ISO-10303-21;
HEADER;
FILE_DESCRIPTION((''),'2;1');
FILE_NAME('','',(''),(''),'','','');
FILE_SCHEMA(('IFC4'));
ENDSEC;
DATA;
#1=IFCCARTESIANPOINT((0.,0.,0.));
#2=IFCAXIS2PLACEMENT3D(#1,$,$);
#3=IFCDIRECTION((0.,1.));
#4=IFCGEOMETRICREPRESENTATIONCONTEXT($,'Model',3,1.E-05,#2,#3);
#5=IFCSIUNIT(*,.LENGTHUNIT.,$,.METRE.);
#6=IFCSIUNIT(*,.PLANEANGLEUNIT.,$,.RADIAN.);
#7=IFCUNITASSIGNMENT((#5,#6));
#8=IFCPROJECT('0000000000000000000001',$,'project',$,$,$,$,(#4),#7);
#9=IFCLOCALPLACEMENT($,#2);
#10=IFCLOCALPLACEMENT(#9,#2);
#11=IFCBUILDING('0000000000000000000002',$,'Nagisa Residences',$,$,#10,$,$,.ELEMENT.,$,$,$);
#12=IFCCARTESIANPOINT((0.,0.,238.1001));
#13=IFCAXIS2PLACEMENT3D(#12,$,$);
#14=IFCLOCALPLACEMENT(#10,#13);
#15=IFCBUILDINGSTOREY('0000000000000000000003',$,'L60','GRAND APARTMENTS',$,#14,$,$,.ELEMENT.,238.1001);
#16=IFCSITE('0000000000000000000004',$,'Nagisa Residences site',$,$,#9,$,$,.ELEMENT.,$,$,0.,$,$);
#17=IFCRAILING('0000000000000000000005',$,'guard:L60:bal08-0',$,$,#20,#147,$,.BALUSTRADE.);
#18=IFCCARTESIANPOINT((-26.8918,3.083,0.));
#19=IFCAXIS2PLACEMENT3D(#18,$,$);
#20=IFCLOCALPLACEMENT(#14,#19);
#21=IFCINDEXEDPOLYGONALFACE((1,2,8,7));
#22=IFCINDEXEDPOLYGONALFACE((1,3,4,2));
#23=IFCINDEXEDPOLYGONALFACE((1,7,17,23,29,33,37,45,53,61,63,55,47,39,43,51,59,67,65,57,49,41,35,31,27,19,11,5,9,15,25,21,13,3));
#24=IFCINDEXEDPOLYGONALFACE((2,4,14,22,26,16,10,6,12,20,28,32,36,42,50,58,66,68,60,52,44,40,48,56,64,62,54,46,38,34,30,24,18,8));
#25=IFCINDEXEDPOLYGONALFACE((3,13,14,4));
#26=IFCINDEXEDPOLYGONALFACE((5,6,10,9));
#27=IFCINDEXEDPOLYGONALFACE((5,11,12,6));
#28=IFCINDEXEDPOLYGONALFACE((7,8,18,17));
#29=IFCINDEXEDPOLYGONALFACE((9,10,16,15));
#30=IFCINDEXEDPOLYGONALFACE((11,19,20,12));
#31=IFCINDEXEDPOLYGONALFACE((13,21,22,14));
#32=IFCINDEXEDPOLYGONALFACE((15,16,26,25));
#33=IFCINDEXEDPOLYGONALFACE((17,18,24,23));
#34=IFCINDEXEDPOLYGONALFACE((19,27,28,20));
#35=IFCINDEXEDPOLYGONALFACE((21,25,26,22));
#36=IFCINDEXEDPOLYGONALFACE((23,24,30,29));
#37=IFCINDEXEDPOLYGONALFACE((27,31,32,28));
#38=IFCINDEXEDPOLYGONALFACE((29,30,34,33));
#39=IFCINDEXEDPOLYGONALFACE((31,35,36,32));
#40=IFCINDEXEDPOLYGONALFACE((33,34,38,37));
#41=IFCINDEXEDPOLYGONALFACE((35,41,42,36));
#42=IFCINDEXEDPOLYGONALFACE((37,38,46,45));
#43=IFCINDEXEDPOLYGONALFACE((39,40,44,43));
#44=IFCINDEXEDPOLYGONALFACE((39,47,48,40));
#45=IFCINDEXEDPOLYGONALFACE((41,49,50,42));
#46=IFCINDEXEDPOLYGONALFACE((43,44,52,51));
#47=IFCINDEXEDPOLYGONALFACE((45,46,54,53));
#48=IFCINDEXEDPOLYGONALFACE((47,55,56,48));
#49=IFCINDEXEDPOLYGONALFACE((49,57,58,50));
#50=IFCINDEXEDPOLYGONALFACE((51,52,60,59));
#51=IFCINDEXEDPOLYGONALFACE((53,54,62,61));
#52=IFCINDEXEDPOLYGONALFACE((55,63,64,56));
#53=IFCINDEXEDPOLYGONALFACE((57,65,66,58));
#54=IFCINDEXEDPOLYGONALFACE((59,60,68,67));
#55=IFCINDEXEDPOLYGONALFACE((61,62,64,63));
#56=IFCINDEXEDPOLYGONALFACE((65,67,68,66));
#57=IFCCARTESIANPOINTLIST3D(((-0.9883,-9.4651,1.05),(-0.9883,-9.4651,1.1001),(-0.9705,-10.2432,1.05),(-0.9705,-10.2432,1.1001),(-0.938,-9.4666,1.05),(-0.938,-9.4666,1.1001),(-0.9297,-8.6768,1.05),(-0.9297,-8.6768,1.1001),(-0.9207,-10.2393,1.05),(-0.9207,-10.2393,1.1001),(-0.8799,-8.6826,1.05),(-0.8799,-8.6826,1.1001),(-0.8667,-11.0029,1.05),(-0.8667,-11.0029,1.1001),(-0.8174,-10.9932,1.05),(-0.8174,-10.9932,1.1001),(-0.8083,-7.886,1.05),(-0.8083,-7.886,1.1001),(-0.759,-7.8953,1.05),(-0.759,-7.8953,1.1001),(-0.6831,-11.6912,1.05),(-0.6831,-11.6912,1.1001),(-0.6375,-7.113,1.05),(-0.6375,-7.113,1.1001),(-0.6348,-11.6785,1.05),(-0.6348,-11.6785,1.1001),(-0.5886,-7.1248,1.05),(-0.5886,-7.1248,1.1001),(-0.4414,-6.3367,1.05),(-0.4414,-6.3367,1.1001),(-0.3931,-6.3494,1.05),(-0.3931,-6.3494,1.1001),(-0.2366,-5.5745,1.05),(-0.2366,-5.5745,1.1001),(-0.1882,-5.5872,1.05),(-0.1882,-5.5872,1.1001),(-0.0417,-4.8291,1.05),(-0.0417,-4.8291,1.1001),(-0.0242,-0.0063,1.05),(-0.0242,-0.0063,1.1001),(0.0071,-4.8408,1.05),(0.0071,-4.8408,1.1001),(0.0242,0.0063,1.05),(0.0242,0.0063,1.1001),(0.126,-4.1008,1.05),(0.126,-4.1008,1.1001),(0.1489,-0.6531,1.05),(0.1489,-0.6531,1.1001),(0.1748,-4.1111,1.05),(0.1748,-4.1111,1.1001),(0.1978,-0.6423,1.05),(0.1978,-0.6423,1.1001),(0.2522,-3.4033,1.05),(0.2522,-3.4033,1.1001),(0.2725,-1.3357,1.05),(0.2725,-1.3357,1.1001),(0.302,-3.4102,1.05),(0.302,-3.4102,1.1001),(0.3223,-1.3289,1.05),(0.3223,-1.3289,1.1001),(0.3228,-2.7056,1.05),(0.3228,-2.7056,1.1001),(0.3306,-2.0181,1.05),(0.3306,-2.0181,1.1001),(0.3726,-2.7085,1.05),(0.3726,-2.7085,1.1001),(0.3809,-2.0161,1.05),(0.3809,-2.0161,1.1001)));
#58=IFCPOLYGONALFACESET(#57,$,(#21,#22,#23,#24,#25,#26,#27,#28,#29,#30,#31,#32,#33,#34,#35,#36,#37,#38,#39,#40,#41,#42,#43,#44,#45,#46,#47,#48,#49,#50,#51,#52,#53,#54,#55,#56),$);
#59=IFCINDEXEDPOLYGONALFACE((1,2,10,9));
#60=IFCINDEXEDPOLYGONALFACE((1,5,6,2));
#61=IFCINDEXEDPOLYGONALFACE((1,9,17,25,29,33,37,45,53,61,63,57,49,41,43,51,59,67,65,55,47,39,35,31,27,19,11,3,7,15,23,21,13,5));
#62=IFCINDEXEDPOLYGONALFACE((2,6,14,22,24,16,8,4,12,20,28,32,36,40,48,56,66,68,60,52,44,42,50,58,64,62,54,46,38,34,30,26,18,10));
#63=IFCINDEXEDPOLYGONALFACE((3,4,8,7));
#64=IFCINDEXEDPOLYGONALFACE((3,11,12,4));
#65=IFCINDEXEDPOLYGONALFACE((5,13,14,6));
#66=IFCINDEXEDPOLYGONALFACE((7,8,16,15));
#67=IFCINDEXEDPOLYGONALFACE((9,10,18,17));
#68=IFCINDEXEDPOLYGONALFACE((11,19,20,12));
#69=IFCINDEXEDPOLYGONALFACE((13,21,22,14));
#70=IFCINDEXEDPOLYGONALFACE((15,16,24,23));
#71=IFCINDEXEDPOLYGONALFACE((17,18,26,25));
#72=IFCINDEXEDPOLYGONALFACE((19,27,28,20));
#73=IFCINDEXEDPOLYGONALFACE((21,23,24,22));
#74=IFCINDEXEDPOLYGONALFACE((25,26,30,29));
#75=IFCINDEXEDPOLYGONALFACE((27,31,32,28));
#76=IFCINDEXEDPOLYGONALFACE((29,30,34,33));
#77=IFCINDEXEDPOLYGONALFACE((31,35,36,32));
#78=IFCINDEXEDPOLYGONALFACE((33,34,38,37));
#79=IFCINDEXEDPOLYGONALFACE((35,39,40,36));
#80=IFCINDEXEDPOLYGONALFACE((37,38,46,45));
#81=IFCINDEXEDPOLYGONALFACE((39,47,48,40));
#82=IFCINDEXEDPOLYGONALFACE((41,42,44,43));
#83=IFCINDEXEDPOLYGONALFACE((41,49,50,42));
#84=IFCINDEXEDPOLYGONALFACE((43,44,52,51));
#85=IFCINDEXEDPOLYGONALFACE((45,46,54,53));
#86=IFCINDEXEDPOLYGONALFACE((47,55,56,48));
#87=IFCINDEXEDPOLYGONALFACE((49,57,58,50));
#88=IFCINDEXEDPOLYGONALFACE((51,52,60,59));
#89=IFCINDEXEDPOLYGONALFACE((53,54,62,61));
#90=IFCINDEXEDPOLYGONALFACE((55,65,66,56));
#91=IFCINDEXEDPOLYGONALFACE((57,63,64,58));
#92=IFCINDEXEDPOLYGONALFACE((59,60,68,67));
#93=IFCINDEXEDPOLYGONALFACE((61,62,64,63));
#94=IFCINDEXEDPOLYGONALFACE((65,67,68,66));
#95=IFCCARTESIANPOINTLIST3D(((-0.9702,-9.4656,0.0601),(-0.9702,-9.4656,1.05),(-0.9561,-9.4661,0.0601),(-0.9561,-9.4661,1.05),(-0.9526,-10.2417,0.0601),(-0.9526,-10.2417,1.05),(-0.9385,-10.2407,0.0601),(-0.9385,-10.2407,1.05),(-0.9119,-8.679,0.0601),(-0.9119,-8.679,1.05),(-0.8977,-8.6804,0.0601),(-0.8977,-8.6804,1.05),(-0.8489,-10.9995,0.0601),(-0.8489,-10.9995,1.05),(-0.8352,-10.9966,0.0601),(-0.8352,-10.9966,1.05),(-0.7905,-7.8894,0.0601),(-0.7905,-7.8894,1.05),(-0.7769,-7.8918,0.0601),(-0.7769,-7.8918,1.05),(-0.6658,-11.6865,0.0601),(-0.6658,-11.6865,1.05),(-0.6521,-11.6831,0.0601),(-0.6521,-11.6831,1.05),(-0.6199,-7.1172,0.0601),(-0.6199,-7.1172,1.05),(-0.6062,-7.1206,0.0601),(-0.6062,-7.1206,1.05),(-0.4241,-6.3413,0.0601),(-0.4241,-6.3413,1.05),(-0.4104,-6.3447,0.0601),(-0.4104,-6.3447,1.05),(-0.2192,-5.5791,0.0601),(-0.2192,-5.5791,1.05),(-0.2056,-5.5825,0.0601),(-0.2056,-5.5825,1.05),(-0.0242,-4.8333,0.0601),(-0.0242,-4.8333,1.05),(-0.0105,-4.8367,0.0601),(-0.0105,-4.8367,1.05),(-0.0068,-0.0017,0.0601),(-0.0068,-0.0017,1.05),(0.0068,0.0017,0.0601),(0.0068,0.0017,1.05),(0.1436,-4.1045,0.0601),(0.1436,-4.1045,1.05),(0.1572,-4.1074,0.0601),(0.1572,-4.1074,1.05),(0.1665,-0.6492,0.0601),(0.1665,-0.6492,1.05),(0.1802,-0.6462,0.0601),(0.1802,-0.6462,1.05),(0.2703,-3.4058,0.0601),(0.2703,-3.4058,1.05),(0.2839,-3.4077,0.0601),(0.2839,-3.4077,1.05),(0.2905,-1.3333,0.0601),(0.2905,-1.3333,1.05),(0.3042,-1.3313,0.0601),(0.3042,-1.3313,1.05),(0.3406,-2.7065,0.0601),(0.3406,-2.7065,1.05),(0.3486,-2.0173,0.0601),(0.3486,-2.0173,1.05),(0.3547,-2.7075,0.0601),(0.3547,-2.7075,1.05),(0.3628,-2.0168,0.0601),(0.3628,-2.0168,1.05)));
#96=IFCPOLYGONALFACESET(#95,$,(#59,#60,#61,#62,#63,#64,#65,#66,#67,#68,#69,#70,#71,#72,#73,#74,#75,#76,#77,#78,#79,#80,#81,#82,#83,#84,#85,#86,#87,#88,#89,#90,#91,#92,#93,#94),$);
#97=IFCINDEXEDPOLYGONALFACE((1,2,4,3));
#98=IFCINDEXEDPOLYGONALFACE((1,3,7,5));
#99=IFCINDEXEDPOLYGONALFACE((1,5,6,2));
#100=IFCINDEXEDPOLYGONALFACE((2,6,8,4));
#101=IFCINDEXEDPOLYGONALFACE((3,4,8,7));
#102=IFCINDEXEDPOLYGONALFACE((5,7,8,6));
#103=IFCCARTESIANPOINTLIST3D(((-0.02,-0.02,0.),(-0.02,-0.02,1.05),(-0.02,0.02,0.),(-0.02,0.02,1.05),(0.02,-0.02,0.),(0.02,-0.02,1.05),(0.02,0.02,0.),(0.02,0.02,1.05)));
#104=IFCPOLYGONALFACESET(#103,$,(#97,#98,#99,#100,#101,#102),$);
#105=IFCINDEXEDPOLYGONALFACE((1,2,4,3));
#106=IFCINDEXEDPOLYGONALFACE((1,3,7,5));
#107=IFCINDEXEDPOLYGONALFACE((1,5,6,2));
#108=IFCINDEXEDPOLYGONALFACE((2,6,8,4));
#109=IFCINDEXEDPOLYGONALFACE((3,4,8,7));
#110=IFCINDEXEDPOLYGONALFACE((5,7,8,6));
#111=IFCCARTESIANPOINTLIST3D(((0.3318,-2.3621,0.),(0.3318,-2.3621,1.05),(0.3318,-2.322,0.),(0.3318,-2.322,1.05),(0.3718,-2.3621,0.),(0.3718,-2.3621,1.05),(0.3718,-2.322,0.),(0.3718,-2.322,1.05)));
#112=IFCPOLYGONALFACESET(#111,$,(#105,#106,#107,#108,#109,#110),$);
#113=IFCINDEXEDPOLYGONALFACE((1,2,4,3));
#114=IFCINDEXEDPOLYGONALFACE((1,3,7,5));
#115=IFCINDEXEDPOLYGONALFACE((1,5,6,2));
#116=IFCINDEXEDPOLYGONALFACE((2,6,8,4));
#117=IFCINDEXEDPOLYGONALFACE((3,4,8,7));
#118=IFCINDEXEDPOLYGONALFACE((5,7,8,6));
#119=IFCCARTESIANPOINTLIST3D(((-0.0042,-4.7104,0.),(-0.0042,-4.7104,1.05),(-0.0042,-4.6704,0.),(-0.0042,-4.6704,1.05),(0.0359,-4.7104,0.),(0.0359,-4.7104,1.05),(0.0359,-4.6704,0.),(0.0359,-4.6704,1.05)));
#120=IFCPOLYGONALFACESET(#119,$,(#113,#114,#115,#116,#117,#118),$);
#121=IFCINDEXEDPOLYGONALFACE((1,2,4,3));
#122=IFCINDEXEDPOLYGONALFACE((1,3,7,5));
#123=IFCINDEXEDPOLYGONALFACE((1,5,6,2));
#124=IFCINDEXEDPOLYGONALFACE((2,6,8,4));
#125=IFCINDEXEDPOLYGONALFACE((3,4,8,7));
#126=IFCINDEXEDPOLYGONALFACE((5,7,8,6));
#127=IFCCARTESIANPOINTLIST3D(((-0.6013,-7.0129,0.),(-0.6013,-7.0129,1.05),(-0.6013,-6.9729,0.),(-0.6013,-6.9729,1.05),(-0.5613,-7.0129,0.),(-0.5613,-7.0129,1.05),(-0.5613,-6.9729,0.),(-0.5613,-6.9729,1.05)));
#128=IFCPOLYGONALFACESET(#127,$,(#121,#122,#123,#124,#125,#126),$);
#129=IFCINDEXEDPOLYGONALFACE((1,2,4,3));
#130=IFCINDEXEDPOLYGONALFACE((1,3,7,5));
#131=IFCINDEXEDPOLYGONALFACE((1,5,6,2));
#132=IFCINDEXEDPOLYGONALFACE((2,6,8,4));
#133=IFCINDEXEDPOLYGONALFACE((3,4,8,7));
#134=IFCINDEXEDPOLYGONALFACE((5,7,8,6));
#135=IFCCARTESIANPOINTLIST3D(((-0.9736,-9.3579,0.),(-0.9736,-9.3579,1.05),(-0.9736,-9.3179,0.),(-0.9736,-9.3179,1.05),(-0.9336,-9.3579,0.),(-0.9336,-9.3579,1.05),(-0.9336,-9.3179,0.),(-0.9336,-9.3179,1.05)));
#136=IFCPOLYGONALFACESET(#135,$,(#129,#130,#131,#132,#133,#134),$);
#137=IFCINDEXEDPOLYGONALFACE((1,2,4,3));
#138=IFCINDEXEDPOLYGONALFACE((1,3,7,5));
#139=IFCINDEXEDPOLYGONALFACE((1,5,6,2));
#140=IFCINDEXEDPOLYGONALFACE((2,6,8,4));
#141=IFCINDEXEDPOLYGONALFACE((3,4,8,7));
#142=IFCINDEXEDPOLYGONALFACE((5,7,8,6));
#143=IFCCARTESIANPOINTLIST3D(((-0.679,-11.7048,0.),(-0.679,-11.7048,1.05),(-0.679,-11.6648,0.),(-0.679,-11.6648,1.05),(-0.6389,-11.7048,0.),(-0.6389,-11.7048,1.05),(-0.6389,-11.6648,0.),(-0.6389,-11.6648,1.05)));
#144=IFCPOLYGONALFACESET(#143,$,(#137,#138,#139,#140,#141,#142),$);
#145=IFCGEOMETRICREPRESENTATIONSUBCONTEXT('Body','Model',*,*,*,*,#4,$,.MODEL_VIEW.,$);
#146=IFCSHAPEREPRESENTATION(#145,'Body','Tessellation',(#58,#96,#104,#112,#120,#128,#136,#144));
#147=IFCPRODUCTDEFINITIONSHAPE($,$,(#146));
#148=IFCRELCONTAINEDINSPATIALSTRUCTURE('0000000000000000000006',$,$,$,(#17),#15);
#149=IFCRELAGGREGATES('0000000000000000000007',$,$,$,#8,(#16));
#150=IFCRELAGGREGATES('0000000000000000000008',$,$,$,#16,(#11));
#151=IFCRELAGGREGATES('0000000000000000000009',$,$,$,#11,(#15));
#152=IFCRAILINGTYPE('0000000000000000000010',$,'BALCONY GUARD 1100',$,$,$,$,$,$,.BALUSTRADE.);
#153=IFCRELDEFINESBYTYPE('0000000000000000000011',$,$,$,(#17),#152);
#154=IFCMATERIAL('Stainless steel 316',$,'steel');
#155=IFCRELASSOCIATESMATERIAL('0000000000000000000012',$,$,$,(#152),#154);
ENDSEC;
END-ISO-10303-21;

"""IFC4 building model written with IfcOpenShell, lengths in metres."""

from ifc_helpers import new_model, si_unit, direction, frame, origin, origin_2d, place, context, subcontext, project, spatial, polyline, rectangle, outline, extrude, material, type_object, element, save


model = new_model("IFC4")

# Units and contexts
model_context = context("Model", 3, precision=1e-05, world=origin(), true_north=direction((0.0, 1.0)))
body_context = subcontext(model_context, "Body", "Model", "MODEL_VIEW")
ifc_project = project(units=[si_unit("LENGTHUNIT", "METRE"), si_unit("PLANEANGLEUNIT", "RADIAN")], contexts=[model_context])

# Site, building, storey
site_placement = place(None, origin())
site = spatial("IfcSite", under=ifc_project, at=site_placement, Name="Nagisa Residences site", CompositionType="ELEMENT", RefElevation=0.0)
building_placement = place(site_placement, origin())
building = spatial("IfcBuilding", under=site, at=building_placement, Name="Nagisa Residences", CompositionType="ELEMENT")
storey_placement = place(building_placement, frame((0.0, 0.0, 238.1001)))
storey = spatial("IfcBuildingStorey", under=building, at=storey_placement, Name="L60", Description="GRAND APARTMENTS", CompositionType="ELEMENT", Elevation=238.1001)

# Railing
ifc_material_1 = material(Name="Stainless steel 316", Category="steel")
railing_type = type_object("IfcRailingType", Name="BALCONY GUARD 1100", PredefinedType="BALUSTRADE", material=ifc_material_1)
railing_1_placement = place(storey_placement, frame((-26.8918, 3.083, 0.0)))
element("IfcRailing", 1, at=railing_1_placement, inside=storey, type_object=railing_type, Name="guard:L60:bal08-0", PredefinedType="BALUSTRADE", context=body_context, shape_type="SweptSolid", body=[
    extrude(outline(polyline([(0.1978, -0.6423), (0.0242, 0.0063), (-0.0242, -0.0063), (0.1489, -0.6531), (0.2725, -1.3357), (0.3306, -2.0181), (0.3228, -2.7056), (0.2522, -3.4033), (0.126, -4.1008), (-0.0417, -4.8291), (-0.2366, -5.5745), (-0.4414, -6.3367), (-0.6375, -7.113), (-0.8083, -7.886), (-0.9297, -8.6768), (-0.9883, -9.4651), (-0.9705, -10.2432), (-0.8667, -11.0029), (-0.6831, -11.6912), (-0.6348, -11.6785), (-0.8174, -10.9932), (-0.9207, -10.2393), (-0.938, -9.4666), (-0.8799, -8.6826), (-0.759, -7.8953), (-0.5886, -7.1248), (-0.3931, -6.3494), (-0.1882, -5.5872), (0.0071, -4.8408), (0.1748, -4.1111), (0.302, -3.4102), (0.3726, -2.7085), (0.3809, -2.0161), (0.3223, -1.3289), (0.1978, -0.6423)])), frame((0.0, 0.0, 1.05)), (0.0, 0.0, 1.0), 0.05),
    extrude(outline(polyline([(0.1802, -0.6462), (0.0068, 0.0017), (-0.0068, -0.0017), (0.1665, -0.6492), (0.2905, -1.3333), (0.3486, -2.0173), (0.3406, -2.7065), (0.2703, -3.4058), (0.1436, -4.1045), (-0.0242, -4.8333), (-0.2192, -5.5791), (-0.4241, -6.3413), (-0.6199, -7.1172), (-0.7905, -7.8894), (-0.9119, -8.679), (-0.9702, -9.4656), (-0.9526, -10.2417), (-0.8489, -10.9995), (-0.6658, -11.6865), (-0.6521, -11.6831), (-0.8352, -10.9966), (-0.9385, -10.2407), (-0.9561, -9.4661), (-0.8977, -8.6804), (-0.7769, -7.8918), (-0.6062, -7.1206), (-0.4104, -6.3447), (-0.2056, -5.5825), (-0.0105, -4.8367), (0.1572, -4.1074), (0.2839, -3.4077), (0.3547, -2.7075), (0.3628, -2.0168), (0.3042, -1.3313), (0.1802, -0.6462)])), frame((0.0, 0.0, 0.0601)), (0.0, 0.0, 1.0), 0.99),
    extrude(rectangle(XDim=0.04, YDim=0.04, at=origin_2d()), origin(), (0.0, 0.0, 1.0), 1.05),
    extrude(rectangle(XDim=0.04, YDim=0.04, at=origin_2d()), frame((0.3518, -2.342, 0.0)), (0.0, 0.0, 1.0), 1.05),
    extrude(rectangle(XDim=0.04, YDim=0.04, at=origin_2d()), frame((0.0159, -4.6904, 0.0)), (0.0, 0.0, 1.0), 1.05),
    extrude(rectangle(XDim=0.04, YDim=0.04, at=origin_2d()), frame((-0.5813, -6.9929, 0.0)), (0.0, 0.0, 1.0), 1.05),
    extrude(rectangle(XDim=0.04, YDim=0.04, at=origin_2d()), frame((-0.9536, -9.3379, 0.0)), (0.0, 0.0, 1.0), 1.05),
    extrude(rectangle(XDim=0.04, YDim=0.04, at=origin_2d()), frame((-0.6589, -11.6848, 0.0)), (0.0, 0.0, 1.0), 1.05),
])

save(model, "model.ifc")
